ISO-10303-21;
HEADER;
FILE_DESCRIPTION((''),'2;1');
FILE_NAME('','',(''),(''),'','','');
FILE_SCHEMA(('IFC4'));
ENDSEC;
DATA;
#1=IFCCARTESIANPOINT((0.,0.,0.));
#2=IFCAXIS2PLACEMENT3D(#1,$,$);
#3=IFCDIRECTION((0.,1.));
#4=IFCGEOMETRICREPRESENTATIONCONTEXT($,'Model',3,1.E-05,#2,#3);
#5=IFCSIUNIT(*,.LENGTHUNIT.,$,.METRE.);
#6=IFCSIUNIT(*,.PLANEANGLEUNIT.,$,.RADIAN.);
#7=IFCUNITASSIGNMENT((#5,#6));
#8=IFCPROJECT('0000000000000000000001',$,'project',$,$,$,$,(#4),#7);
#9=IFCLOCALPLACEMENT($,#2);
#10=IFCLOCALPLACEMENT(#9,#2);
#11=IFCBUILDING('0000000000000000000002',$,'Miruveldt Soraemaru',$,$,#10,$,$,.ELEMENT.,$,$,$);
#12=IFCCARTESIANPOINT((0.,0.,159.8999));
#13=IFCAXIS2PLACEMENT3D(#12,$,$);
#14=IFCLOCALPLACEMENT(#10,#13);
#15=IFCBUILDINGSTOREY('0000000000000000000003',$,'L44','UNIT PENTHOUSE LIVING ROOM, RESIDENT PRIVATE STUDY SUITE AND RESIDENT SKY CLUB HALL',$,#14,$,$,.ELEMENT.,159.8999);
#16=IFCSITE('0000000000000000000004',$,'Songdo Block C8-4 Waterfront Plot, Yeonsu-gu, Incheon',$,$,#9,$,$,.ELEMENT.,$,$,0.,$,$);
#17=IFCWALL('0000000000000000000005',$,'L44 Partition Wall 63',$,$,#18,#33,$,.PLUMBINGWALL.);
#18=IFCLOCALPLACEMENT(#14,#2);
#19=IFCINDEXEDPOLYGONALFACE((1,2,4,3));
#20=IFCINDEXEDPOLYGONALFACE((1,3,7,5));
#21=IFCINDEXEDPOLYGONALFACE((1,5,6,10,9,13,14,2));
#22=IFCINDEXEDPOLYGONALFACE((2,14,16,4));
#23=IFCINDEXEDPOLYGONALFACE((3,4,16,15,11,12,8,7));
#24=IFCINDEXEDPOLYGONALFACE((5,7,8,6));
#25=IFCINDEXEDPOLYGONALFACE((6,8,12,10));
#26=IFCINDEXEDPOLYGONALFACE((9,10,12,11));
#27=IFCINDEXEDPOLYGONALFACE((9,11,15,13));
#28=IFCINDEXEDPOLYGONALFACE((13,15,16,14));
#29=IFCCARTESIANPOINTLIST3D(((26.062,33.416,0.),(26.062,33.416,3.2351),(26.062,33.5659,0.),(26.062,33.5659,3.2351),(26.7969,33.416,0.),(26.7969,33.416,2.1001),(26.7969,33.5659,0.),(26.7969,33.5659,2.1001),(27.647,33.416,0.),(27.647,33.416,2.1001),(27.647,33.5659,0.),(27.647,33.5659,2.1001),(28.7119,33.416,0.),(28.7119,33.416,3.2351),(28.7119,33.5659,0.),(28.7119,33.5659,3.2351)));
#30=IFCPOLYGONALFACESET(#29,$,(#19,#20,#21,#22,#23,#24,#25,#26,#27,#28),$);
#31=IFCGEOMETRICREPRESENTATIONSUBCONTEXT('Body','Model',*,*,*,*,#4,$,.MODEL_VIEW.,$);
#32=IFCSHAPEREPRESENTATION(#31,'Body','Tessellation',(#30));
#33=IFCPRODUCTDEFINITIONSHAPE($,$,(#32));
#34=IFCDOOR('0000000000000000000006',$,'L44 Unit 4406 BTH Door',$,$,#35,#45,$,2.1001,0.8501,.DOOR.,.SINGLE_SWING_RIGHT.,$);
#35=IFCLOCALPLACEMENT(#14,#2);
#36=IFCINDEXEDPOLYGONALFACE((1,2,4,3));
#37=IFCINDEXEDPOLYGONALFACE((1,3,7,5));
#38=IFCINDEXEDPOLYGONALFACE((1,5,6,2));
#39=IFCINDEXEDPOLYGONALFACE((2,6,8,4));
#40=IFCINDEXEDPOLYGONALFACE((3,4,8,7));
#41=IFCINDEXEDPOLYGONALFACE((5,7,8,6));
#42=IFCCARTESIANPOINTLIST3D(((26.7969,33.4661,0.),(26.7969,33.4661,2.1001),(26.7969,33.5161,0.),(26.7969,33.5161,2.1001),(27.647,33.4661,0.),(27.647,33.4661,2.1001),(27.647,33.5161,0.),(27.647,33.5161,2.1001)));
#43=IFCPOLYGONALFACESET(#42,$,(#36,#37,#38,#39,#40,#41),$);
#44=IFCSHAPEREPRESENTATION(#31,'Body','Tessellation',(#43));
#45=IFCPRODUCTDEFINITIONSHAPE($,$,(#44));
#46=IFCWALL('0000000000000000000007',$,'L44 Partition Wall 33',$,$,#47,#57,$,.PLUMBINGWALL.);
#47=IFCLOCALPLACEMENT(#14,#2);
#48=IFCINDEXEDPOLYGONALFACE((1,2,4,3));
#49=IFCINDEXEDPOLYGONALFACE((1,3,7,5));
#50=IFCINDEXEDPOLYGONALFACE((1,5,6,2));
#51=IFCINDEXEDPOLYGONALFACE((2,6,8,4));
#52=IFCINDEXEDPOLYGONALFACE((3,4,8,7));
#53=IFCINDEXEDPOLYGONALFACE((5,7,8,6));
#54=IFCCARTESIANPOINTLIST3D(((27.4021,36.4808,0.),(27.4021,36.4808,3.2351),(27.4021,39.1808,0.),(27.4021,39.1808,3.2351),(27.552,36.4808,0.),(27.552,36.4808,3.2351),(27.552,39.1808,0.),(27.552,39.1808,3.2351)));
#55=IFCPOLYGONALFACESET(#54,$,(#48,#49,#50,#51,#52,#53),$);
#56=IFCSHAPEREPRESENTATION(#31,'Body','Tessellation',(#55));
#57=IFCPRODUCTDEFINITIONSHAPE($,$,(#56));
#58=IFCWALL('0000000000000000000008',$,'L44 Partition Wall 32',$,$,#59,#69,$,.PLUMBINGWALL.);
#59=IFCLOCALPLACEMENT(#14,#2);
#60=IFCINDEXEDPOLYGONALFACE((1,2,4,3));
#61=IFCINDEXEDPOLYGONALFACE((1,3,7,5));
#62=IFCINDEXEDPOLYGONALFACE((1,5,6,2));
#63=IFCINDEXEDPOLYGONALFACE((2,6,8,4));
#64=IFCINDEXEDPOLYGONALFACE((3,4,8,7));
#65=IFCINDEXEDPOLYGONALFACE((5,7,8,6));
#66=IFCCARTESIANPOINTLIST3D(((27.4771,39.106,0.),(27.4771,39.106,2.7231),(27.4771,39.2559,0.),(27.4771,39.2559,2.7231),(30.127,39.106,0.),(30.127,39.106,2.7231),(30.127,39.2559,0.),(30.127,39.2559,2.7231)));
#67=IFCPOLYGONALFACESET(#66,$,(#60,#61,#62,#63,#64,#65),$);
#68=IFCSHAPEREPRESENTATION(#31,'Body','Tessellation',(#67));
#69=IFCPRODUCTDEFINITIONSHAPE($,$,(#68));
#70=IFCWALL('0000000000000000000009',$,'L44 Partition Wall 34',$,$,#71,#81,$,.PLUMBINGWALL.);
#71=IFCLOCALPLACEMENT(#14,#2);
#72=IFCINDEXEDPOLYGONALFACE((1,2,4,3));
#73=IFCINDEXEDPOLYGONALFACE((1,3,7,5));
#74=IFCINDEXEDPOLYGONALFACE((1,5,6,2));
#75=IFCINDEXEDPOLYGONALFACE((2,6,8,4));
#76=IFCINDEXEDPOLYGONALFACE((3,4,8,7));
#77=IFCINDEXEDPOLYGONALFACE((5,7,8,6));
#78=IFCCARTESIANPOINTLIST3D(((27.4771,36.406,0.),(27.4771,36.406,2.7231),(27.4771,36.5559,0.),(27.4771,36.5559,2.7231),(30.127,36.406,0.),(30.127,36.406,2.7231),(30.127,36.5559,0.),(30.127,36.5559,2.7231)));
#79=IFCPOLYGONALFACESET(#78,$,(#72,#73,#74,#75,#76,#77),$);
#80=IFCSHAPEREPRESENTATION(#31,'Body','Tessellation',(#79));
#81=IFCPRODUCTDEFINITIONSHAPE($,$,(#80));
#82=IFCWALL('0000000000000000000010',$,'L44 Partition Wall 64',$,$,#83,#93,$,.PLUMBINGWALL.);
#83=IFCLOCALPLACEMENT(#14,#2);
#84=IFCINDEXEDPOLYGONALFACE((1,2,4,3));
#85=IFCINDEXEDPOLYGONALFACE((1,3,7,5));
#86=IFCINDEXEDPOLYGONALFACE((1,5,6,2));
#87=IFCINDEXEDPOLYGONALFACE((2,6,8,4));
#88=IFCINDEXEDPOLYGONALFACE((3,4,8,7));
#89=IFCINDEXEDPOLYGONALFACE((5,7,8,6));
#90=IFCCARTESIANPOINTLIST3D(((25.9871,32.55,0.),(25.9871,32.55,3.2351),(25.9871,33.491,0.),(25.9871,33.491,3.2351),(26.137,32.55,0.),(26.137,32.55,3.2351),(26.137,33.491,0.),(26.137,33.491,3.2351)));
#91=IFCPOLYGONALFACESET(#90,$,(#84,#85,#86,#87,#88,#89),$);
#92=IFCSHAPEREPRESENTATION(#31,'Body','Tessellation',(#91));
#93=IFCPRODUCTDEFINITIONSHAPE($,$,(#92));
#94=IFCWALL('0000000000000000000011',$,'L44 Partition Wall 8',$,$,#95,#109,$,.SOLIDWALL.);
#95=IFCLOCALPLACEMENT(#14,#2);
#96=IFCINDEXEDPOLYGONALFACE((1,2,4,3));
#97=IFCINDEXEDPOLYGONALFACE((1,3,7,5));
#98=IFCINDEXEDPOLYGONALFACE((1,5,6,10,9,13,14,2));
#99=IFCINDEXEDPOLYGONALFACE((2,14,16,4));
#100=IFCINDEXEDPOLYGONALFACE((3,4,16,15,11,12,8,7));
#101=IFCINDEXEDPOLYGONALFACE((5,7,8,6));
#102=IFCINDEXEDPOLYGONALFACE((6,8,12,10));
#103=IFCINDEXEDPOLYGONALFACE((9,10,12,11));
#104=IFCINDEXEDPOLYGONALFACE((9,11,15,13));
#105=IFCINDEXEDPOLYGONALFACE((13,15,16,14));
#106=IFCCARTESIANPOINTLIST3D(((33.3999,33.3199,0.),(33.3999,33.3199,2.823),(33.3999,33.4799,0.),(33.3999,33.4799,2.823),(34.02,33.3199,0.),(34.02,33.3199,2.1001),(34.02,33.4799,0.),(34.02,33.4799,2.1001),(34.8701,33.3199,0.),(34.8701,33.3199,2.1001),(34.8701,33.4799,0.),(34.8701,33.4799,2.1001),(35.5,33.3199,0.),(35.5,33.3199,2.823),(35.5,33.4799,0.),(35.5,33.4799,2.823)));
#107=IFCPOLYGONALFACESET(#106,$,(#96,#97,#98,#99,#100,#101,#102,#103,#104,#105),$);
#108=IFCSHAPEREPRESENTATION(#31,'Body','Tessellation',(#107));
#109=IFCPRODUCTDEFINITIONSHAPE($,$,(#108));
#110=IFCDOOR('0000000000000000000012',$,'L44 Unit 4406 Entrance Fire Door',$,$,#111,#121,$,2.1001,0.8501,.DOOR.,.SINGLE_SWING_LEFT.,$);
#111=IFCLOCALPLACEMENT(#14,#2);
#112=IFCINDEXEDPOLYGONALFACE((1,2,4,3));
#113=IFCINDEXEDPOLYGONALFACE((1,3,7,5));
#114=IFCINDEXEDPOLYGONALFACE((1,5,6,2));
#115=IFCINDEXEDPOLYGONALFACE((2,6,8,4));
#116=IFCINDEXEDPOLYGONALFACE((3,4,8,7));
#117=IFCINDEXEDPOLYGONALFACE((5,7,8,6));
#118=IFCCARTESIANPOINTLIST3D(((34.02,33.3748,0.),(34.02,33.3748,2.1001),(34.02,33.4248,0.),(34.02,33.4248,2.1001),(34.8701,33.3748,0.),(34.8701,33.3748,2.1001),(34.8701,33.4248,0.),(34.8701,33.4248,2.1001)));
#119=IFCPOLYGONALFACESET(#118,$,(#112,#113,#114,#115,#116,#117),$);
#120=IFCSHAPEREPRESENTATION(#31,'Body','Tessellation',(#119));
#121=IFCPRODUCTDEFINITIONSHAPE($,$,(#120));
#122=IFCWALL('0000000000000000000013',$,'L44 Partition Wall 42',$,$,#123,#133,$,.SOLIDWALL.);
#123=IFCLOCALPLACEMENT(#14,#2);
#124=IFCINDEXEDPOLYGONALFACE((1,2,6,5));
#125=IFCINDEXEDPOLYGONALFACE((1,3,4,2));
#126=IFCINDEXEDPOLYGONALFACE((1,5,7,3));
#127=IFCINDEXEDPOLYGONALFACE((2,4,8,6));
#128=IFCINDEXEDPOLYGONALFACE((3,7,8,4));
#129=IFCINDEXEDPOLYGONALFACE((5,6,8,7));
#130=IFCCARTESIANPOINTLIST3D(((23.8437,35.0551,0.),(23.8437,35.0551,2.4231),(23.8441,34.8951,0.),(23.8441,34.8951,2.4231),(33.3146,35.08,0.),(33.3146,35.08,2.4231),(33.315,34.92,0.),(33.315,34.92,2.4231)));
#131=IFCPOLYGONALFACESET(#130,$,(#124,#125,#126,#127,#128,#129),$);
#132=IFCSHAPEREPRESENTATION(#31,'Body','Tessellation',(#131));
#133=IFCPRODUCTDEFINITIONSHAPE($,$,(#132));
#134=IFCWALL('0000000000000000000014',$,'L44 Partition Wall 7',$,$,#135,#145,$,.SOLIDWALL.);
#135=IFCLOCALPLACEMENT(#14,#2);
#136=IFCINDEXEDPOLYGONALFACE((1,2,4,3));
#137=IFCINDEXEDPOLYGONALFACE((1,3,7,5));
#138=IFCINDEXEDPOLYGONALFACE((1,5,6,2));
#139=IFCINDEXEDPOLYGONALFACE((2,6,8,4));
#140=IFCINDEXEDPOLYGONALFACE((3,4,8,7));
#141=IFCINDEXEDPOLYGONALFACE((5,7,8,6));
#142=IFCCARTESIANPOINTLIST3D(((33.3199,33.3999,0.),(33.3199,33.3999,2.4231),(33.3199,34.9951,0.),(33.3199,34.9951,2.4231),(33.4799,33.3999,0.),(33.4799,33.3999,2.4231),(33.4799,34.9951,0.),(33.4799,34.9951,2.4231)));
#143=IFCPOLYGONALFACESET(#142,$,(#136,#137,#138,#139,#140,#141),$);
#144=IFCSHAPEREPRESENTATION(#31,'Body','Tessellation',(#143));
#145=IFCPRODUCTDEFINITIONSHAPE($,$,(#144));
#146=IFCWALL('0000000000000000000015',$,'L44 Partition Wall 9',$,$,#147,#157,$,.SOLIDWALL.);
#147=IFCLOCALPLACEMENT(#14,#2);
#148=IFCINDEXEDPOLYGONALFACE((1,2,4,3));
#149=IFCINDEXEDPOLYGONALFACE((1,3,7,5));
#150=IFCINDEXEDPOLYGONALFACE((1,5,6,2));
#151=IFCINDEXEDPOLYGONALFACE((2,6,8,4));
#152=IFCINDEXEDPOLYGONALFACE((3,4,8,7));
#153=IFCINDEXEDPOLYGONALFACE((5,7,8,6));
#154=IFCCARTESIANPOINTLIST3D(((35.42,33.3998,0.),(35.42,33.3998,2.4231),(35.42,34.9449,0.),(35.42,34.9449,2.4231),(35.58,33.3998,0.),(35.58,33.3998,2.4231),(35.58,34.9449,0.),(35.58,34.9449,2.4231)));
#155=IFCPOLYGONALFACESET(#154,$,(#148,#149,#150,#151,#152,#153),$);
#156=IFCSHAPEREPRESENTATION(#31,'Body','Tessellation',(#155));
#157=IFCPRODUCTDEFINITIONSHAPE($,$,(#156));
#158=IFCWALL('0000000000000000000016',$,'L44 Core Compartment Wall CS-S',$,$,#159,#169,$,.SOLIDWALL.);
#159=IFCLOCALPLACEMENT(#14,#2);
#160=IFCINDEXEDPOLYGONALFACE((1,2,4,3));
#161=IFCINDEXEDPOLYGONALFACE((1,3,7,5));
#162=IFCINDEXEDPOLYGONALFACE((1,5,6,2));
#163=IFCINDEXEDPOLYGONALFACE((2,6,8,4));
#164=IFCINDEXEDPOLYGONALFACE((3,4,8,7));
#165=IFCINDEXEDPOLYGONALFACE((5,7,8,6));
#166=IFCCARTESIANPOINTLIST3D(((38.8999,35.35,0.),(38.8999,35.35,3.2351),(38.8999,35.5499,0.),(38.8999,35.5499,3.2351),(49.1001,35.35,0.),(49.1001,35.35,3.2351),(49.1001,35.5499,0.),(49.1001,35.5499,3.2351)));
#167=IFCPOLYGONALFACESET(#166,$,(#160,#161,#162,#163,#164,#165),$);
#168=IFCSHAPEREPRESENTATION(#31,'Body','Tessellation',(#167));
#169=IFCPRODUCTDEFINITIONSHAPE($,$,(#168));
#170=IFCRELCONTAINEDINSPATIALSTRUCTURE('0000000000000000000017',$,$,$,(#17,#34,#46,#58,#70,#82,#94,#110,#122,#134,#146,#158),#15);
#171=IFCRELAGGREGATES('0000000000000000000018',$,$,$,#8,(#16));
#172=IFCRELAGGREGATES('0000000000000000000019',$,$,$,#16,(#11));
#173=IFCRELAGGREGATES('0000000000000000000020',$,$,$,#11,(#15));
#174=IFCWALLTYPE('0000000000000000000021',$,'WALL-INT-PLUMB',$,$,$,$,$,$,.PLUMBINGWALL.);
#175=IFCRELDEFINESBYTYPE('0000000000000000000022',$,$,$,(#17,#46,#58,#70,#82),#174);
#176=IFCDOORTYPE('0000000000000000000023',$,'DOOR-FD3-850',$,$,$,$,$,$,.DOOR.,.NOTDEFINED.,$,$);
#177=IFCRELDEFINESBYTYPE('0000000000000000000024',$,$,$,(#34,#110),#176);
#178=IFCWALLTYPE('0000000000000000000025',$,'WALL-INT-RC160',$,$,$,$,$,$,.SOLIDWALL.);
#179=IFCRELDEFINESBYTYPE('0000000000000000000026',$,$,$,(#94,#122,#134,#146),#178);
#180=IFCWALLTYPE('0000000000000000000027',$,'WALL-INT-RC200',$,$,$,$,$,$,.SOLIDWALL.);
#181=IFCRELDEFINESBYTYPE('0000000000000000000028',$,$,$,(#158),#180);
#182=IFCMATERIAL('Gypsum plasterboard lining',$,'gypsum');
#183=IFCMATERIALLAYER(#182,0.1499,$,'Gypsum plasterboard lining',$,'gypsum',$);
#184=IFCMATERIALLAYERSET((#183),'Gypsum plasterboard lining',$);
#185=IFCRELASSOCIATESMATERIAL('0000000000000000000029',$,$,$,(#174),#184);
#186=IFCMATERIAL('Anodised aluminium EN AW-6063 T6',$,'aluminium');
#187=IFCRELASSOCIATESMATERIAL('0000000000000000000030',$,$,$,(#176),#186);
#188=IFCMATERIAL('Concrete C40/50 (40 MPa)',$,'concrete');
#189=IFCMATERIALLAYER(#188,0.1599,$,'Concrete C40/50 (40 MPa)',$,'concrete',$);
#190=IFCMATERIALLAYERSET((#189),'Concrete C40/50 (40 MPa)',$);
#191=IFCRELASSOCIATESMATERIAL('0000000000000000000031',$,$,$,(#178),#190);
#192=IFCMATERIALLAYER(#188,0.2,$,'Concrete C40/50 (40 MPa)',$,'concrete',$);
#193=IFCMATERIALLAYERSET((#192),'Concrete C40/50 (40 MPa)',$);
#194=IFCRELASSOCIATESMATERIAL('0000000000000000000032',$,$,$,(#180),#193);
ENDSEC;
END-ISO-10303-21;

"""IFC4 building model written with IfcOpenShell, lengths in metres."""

from ifc_helpers import new_model, si_unit, direction, frame, frame_2d, origin, place, context, subcontext, project, spatial, rectangle, extrude, material, layer, layer_set, type_object, element, fill, save


model = new_model("IFC4")

# Units and contexts
model_context = context("Model", 3, precision=1e-05, world=origin(), true_north=direction((0.0, 1.0)))
body_context = subcontext(model_context, "Body", "Model", "MODEL_VIEW")
ifc_project = project(units=[si_unit("LENGTHUNIT", "METRE"), si_unit("PLANEANGLEUNIT", "RADIAN")], contexts=[model_context])

# Site, building, storey
site_placement = place(None, origin())
site = spatial("IfcSite", under=ifc_project, at=site_placement, Name="Songdo Block C8-4 Waterfront Plot, Yeonsu-gu, Incheon", CompositionType="ELEMENT", RefElevation=0.0)
building_placement = place(site_placement, origin())
building = spatial("IfcBuilding", under=site, at=building_placement, Name="Miruveldt Soraemaru", CompositionType="ELEMENT")
storey_placement = place(building_placement, frame((0.0, 0.0, 159.8999)))
storey = spatial("IfcBuildingStorey", under=building, at=storey_placement, Name="L44", Description="UNIT PENTHOUSE LIVING ROOM, RESIDENT PRIVATE STUDY SUITE AND RESIDENT SKY CLUB HALL", CompositionType="ELEMENT", Elevation=159.8999)

# Shared definitions
ifc_material_1 = material(Name="Gypsum plasterboard lining", Category="gypsum")

# Wall, opening, door
ifc_layer_1 = layer(ifc_material_1, 0.1499, Name="Gypsum plasterboard lining", Category="gypsum")
ifc_layer_set_1 = layer_set([ifc_layer_1], Name="Gypsum plasterboard lining")
wall_type_1 = type_object("IfcWallType", Name="WALL-INT-PLUMB", PredefinedType="PLUMBINGWALL", material=ifc_layer_set_1)
ifc_material_2 = material(Name="Anodised aluminium EN AW-6063 T6", Category="aluminium")
door_type = type_object("IfcDoorType", Name="DOOR-FD3-850", OperationType="NOTDEFINED", PredefinedType="DOOR", material=ifc_material_2)
wall_1_placement = place(storey_placement, frame((28.7119, 33.491, 0.0), z_axis=(0.0, 0.0, 1.0), x_axis=(-1.0, 0.0, 0.0)))
wall_1 = element("IfcWall", 1, at=wall_1_placement, inside=storey, type_object=wall_type_1, Name="L44 Partition Wall 63", PredefinedType="PLUMBINGWALL", context=body_context, shape_type="SweptSolid", body=[
    extrude(rectangle(XDim=2.6499, YDim=0.1499, at=frame_2d((1.325, 0.0))), origin(), (0.0, 0.0, 1.0), 3.2351),
])
opening_1_placement = place(wall_1_placement, frame((1.0649, 0.0, 0.0)))
opening_1 = element("IfcOpeningElement", 2, at=opening_1_placement, cuts=wall_1, PredefinedType="OPENING", context=body_context, shape_type="SweptSolid", body=[
    extrude(rectangle(XDim=0.8501, YDim=2.1001, at=frame_2d((0.425, 1.05))), frame((0.0, 0.085, 0.0), z_axis=(0.0, -1.0, 0.0), x_axis=(1.0, 0.0, 0.0)), (0.0, 0.0, 1.0), 0.1699),
])
door_1_placement = place(opening_1_placement, origin())
door_1 = element("IfcDoor", 3, at=door_1_placement, inside=storey, type_object=door_type, Name="L44 Unit 4406 BTH Door", OperationType="SINGLE_SWING_RIGHT", OverallHeight=2.1001, OverallWidth=0.8501, PredefinedType="DOOR", context=body_context, shape_type="SweptSolid", body=[
    extrude(rectangle(XDim=0.8501, YDim=2.1001, at=frame_2d((0.425, 1.05))), frame((0.0, 0.0249, 0.0), z_axis=(0.0, -1.0, 0.0), x_axis=(1.0, 0.0, 0.0)), (0.0, 0.0, 1.0), 0.05),
])
fill(opening_1, door_1)

# Walls
wall_2_placement = place(storey_placement, frame((27.4771, 39.1809, 0.0), z_axis=(0.0, 0.0, 1.0), x_axis=(0.0, -1.0, 0.0)))
element("IfcWall", 4, at=wall_2_placement, inside=storey, type_object=wall_type_1, Name="L44 Partition Wall 33", PredefinedType="PLUMBINGWALL", context=body_context, shape_type="SweptSolid", body=[
    extrude(rectangle(XDim=2.7, YDim=0.1499, at=frame_2d((1.3501, 0.0))), origin(), (0.0, 0.0, 1.0), 3.2351),
])
for number, where, z_axis, x_axis, name in (
    (5, (30.127, 39.1809, 0.0), (0.0, 0.0, 1.0), (-1.0, 0.0, 0.0), "L44 Partition Wall 32"),
    (6, (27.4771, 36.481, 0.0), (0.0, 0.0, 1.0), (1.0, 0.0, 0.0), "L44 Partition Wall 34"),
):
    element("IfcWall", number, at=place(storey_placement, frame(where, z_axis=z_axis, x_axis=x_axis)), inside=storey, type_object=wall_type_1, Name=name, PredefinedType="PLUMBINGWALL", context=body_context, shape_type="SweptSolid", body=[
        extrude(rectangle(XDim=2.6499, YDim=0.1499, at=frame_2d((1.325, 0.0))), origin(), (0.0, 0.0, 1.0), 2.7231),
    ])
wall_3_placement = place(storey_placement, frame((26.062, 33.491, 0.0), z_axis=(0.0, 0.0, 1.0), x_axis=(0.0, -1.0, 0.0)))
element("IfcWall", 7, at=wall_3_placement, inside=storey, type_object=wall_type_1, Name="L44 Partition Wall 64", PredefinedType="PLUMBINGWALL", context=body_context, shape_type="SweptSolid", body=[
    extrude(rectangle(XDim=0.9409, YDim=0.1499, at=frame_2d((0.4705, 0.0))), origin(), (0.0, 0.0, 1.0), 3.2351),
])

# Wall, opening, door
ifc_material_3 = material(Name="Concrete C40/50 (40 MPa)", Category="concrete")
ifc_layer_2 = layer(ifc_material_3, 0.1599, Name="Concrete C40/50 (40 MPa)", Category="concrete")
ifc_layer_set_2 = layer_set([ifc_layer_2], Name="Concrete C40/50 (40 MPa)")
wall_type_2 = type_object("IfcWallType", Name="WALL-INT-RC160", PredefinedType="SOLIDWALL", material=ifc_layer_set_2)
wall_4_placement = place(storey_placement, frame((33.3999, 33.3999, 0.0), z_axis=(0.0, 0.0, 1.0), x_axis=(1.0, 0.0, 0.0)))
wall_4 = element("IfcWall", 8, at=wall_4_placement, inside=storey, type_object=wall_type_2, Name="L44 Partition Wall 8", PredefinedType="SOLIDWALL", context=body_context, shape_type="SweptSolid", body=[
    extrude(rectangle(XDim=2.1001, YDim=0.1599, at=frame_2d((1.05, 0.0))), origin(), (0.0, 0.0, 1.0), 2.823),
])
opening_2_placement = place(wall_4_placement, frame((0.6201, 0.0, 0.0)))
opening_2 = element("IfcOpeningElement", 9, at=opening_2_placement, cuts=wall_4, PredefinedType="OPENING", context=body_context, shape_type="SweptSolid", body=[
    extrude(rectangle(XDim=0.8501, YDim=2.1001, at=frame_2d((0.425, 1.05))), frame((0.0, 0.0898, 0.0), z_axis=(0.0, -1.0, 0.0), x_axis=(1.0, 0.0, 0.0)), (0.0, 0.0, 1.0), 0.1799),
])
door_2_placement = place(opening_2_placement, origin())
door_2 = element("IfcDoor", 10, at=door_2_placement, inside=storey, type_object=door_type, Name="L44 Unit 4406 Entrance Fire Door", OperationType="SINGLE_SWING_LEFT", OverallHeight=2.1001, OverallWidth=0.8501, PredefinedType="DOOR", context=body_context, shape_type="SweptSolid", body=[
    extrude(rectangle(XDim=0.8501, YDim=2.1001, at=frame_2d((0.425, 1.05))), frame((0.0, 0.0249, 0.0), z_axis=(0.0, -1.0, 0.0), x_axis=(1.0, 0.0, 0.0)), (0.0, 0.0, 1.0), 0.05),
])
fill(opening_2, door_2)

# Walls
wall_5_placement = place(storey_placement, frame((23.844, 34.9751, 0.0), z_axis=(0.0, 0.0, 1.0), x_axis=(0.999997, 0.002629, 0.0)))
element("IfcWall", 11, at=wall_5_placement, inside=storey, type_object=wall_type_2, Name="L44 Partition Wall 42", PredefinedType="SOLIDWALL", context=body_context, shape_type="SweptSolid", body=[
    extrude(rectangle(XDim=9.4709, YDim=0.1599, at=frame_2d((4.7354, 0.0))), origin(), (0.0, 0.0, 1.0), 2.4231),
])
wall_6_placement = place(storey_placement, frame((33.3999, 34.9951, 0.0), z_axis=(0.0, 0.0, 1.0), x_axis=(0.0, -1.0, 0.0)))
element("IfcWall", 12, at=wall_6_placement, inside=storey, type_object=wall_type_2, Name="L44 Partition Wall 7", PredefinedType="SOLIDWALL", context=body_context, shape_type="SweptSolid", body=[
    extrude(rectangle(XDim=1.5952, YDim=0.1599, at=frame_2d((0.7976, 0.0))), origin(), (0.0, 0.0, 1.0), 2.4231),
])
wall_7_placement = place(storey_placement, frame((35.5, 33.3999, 0.0), z_axis=(0.0, 0.0, 1.0), x_axis=(0.0, 1.0, 0.0)))
element("IfcWall", 13, at=wall_7_placement, inside=storey, type_object=wall_type_2, Name="L44 Partition Wall 9", PredefinedType="SOLIDWALL", context=body_context, shape_type="SweptSolid", body=[
    extrude(rectangle(XDim=1.5452, YDim=0.1599, at=frame_2d((0.7725, 0.0))), origin(), (0.0, 0.0, 1.0), 2.4231),
])
ifc_layer_3 = layer(ifc_material_3, 0.2, Name="Concrete C40/50 (40 MPa)", Category="concrete")
ifc_layer_set_3 = layer_set([ifc_layer_3], Name="Concrete C40/50 (40 MPa)")
wall_type_3 = type_object("IfcWallType", Name="WALL-INT-RC200", PredefinedType="SOLIDWALL", material=ifc_layer_set_3)
wall_8_placement = place(storey_placement, frame((38.8999, 35.45, 0.0), z_axis=(0.0, 0.0, 1.0), x_axis=(1.0, 0.0, 0.0)))
element("IfcWall", 14, at=wall_8_placement, inside=storey, type_object=wall_type_3, Name="L44 Core Compartment Wall CS-S", PredefinedType="SOLIDWALL", context=body_context, shape_type="SweptSolid", body=[
    extrude(rectangle(XDim=10.2002, YDim=0.2, at=frame_2d((5.1001, 0.0))), origin(), (0.0, 0.0, 1.0), 3.2351),
])

save(model, "model.ifc")
